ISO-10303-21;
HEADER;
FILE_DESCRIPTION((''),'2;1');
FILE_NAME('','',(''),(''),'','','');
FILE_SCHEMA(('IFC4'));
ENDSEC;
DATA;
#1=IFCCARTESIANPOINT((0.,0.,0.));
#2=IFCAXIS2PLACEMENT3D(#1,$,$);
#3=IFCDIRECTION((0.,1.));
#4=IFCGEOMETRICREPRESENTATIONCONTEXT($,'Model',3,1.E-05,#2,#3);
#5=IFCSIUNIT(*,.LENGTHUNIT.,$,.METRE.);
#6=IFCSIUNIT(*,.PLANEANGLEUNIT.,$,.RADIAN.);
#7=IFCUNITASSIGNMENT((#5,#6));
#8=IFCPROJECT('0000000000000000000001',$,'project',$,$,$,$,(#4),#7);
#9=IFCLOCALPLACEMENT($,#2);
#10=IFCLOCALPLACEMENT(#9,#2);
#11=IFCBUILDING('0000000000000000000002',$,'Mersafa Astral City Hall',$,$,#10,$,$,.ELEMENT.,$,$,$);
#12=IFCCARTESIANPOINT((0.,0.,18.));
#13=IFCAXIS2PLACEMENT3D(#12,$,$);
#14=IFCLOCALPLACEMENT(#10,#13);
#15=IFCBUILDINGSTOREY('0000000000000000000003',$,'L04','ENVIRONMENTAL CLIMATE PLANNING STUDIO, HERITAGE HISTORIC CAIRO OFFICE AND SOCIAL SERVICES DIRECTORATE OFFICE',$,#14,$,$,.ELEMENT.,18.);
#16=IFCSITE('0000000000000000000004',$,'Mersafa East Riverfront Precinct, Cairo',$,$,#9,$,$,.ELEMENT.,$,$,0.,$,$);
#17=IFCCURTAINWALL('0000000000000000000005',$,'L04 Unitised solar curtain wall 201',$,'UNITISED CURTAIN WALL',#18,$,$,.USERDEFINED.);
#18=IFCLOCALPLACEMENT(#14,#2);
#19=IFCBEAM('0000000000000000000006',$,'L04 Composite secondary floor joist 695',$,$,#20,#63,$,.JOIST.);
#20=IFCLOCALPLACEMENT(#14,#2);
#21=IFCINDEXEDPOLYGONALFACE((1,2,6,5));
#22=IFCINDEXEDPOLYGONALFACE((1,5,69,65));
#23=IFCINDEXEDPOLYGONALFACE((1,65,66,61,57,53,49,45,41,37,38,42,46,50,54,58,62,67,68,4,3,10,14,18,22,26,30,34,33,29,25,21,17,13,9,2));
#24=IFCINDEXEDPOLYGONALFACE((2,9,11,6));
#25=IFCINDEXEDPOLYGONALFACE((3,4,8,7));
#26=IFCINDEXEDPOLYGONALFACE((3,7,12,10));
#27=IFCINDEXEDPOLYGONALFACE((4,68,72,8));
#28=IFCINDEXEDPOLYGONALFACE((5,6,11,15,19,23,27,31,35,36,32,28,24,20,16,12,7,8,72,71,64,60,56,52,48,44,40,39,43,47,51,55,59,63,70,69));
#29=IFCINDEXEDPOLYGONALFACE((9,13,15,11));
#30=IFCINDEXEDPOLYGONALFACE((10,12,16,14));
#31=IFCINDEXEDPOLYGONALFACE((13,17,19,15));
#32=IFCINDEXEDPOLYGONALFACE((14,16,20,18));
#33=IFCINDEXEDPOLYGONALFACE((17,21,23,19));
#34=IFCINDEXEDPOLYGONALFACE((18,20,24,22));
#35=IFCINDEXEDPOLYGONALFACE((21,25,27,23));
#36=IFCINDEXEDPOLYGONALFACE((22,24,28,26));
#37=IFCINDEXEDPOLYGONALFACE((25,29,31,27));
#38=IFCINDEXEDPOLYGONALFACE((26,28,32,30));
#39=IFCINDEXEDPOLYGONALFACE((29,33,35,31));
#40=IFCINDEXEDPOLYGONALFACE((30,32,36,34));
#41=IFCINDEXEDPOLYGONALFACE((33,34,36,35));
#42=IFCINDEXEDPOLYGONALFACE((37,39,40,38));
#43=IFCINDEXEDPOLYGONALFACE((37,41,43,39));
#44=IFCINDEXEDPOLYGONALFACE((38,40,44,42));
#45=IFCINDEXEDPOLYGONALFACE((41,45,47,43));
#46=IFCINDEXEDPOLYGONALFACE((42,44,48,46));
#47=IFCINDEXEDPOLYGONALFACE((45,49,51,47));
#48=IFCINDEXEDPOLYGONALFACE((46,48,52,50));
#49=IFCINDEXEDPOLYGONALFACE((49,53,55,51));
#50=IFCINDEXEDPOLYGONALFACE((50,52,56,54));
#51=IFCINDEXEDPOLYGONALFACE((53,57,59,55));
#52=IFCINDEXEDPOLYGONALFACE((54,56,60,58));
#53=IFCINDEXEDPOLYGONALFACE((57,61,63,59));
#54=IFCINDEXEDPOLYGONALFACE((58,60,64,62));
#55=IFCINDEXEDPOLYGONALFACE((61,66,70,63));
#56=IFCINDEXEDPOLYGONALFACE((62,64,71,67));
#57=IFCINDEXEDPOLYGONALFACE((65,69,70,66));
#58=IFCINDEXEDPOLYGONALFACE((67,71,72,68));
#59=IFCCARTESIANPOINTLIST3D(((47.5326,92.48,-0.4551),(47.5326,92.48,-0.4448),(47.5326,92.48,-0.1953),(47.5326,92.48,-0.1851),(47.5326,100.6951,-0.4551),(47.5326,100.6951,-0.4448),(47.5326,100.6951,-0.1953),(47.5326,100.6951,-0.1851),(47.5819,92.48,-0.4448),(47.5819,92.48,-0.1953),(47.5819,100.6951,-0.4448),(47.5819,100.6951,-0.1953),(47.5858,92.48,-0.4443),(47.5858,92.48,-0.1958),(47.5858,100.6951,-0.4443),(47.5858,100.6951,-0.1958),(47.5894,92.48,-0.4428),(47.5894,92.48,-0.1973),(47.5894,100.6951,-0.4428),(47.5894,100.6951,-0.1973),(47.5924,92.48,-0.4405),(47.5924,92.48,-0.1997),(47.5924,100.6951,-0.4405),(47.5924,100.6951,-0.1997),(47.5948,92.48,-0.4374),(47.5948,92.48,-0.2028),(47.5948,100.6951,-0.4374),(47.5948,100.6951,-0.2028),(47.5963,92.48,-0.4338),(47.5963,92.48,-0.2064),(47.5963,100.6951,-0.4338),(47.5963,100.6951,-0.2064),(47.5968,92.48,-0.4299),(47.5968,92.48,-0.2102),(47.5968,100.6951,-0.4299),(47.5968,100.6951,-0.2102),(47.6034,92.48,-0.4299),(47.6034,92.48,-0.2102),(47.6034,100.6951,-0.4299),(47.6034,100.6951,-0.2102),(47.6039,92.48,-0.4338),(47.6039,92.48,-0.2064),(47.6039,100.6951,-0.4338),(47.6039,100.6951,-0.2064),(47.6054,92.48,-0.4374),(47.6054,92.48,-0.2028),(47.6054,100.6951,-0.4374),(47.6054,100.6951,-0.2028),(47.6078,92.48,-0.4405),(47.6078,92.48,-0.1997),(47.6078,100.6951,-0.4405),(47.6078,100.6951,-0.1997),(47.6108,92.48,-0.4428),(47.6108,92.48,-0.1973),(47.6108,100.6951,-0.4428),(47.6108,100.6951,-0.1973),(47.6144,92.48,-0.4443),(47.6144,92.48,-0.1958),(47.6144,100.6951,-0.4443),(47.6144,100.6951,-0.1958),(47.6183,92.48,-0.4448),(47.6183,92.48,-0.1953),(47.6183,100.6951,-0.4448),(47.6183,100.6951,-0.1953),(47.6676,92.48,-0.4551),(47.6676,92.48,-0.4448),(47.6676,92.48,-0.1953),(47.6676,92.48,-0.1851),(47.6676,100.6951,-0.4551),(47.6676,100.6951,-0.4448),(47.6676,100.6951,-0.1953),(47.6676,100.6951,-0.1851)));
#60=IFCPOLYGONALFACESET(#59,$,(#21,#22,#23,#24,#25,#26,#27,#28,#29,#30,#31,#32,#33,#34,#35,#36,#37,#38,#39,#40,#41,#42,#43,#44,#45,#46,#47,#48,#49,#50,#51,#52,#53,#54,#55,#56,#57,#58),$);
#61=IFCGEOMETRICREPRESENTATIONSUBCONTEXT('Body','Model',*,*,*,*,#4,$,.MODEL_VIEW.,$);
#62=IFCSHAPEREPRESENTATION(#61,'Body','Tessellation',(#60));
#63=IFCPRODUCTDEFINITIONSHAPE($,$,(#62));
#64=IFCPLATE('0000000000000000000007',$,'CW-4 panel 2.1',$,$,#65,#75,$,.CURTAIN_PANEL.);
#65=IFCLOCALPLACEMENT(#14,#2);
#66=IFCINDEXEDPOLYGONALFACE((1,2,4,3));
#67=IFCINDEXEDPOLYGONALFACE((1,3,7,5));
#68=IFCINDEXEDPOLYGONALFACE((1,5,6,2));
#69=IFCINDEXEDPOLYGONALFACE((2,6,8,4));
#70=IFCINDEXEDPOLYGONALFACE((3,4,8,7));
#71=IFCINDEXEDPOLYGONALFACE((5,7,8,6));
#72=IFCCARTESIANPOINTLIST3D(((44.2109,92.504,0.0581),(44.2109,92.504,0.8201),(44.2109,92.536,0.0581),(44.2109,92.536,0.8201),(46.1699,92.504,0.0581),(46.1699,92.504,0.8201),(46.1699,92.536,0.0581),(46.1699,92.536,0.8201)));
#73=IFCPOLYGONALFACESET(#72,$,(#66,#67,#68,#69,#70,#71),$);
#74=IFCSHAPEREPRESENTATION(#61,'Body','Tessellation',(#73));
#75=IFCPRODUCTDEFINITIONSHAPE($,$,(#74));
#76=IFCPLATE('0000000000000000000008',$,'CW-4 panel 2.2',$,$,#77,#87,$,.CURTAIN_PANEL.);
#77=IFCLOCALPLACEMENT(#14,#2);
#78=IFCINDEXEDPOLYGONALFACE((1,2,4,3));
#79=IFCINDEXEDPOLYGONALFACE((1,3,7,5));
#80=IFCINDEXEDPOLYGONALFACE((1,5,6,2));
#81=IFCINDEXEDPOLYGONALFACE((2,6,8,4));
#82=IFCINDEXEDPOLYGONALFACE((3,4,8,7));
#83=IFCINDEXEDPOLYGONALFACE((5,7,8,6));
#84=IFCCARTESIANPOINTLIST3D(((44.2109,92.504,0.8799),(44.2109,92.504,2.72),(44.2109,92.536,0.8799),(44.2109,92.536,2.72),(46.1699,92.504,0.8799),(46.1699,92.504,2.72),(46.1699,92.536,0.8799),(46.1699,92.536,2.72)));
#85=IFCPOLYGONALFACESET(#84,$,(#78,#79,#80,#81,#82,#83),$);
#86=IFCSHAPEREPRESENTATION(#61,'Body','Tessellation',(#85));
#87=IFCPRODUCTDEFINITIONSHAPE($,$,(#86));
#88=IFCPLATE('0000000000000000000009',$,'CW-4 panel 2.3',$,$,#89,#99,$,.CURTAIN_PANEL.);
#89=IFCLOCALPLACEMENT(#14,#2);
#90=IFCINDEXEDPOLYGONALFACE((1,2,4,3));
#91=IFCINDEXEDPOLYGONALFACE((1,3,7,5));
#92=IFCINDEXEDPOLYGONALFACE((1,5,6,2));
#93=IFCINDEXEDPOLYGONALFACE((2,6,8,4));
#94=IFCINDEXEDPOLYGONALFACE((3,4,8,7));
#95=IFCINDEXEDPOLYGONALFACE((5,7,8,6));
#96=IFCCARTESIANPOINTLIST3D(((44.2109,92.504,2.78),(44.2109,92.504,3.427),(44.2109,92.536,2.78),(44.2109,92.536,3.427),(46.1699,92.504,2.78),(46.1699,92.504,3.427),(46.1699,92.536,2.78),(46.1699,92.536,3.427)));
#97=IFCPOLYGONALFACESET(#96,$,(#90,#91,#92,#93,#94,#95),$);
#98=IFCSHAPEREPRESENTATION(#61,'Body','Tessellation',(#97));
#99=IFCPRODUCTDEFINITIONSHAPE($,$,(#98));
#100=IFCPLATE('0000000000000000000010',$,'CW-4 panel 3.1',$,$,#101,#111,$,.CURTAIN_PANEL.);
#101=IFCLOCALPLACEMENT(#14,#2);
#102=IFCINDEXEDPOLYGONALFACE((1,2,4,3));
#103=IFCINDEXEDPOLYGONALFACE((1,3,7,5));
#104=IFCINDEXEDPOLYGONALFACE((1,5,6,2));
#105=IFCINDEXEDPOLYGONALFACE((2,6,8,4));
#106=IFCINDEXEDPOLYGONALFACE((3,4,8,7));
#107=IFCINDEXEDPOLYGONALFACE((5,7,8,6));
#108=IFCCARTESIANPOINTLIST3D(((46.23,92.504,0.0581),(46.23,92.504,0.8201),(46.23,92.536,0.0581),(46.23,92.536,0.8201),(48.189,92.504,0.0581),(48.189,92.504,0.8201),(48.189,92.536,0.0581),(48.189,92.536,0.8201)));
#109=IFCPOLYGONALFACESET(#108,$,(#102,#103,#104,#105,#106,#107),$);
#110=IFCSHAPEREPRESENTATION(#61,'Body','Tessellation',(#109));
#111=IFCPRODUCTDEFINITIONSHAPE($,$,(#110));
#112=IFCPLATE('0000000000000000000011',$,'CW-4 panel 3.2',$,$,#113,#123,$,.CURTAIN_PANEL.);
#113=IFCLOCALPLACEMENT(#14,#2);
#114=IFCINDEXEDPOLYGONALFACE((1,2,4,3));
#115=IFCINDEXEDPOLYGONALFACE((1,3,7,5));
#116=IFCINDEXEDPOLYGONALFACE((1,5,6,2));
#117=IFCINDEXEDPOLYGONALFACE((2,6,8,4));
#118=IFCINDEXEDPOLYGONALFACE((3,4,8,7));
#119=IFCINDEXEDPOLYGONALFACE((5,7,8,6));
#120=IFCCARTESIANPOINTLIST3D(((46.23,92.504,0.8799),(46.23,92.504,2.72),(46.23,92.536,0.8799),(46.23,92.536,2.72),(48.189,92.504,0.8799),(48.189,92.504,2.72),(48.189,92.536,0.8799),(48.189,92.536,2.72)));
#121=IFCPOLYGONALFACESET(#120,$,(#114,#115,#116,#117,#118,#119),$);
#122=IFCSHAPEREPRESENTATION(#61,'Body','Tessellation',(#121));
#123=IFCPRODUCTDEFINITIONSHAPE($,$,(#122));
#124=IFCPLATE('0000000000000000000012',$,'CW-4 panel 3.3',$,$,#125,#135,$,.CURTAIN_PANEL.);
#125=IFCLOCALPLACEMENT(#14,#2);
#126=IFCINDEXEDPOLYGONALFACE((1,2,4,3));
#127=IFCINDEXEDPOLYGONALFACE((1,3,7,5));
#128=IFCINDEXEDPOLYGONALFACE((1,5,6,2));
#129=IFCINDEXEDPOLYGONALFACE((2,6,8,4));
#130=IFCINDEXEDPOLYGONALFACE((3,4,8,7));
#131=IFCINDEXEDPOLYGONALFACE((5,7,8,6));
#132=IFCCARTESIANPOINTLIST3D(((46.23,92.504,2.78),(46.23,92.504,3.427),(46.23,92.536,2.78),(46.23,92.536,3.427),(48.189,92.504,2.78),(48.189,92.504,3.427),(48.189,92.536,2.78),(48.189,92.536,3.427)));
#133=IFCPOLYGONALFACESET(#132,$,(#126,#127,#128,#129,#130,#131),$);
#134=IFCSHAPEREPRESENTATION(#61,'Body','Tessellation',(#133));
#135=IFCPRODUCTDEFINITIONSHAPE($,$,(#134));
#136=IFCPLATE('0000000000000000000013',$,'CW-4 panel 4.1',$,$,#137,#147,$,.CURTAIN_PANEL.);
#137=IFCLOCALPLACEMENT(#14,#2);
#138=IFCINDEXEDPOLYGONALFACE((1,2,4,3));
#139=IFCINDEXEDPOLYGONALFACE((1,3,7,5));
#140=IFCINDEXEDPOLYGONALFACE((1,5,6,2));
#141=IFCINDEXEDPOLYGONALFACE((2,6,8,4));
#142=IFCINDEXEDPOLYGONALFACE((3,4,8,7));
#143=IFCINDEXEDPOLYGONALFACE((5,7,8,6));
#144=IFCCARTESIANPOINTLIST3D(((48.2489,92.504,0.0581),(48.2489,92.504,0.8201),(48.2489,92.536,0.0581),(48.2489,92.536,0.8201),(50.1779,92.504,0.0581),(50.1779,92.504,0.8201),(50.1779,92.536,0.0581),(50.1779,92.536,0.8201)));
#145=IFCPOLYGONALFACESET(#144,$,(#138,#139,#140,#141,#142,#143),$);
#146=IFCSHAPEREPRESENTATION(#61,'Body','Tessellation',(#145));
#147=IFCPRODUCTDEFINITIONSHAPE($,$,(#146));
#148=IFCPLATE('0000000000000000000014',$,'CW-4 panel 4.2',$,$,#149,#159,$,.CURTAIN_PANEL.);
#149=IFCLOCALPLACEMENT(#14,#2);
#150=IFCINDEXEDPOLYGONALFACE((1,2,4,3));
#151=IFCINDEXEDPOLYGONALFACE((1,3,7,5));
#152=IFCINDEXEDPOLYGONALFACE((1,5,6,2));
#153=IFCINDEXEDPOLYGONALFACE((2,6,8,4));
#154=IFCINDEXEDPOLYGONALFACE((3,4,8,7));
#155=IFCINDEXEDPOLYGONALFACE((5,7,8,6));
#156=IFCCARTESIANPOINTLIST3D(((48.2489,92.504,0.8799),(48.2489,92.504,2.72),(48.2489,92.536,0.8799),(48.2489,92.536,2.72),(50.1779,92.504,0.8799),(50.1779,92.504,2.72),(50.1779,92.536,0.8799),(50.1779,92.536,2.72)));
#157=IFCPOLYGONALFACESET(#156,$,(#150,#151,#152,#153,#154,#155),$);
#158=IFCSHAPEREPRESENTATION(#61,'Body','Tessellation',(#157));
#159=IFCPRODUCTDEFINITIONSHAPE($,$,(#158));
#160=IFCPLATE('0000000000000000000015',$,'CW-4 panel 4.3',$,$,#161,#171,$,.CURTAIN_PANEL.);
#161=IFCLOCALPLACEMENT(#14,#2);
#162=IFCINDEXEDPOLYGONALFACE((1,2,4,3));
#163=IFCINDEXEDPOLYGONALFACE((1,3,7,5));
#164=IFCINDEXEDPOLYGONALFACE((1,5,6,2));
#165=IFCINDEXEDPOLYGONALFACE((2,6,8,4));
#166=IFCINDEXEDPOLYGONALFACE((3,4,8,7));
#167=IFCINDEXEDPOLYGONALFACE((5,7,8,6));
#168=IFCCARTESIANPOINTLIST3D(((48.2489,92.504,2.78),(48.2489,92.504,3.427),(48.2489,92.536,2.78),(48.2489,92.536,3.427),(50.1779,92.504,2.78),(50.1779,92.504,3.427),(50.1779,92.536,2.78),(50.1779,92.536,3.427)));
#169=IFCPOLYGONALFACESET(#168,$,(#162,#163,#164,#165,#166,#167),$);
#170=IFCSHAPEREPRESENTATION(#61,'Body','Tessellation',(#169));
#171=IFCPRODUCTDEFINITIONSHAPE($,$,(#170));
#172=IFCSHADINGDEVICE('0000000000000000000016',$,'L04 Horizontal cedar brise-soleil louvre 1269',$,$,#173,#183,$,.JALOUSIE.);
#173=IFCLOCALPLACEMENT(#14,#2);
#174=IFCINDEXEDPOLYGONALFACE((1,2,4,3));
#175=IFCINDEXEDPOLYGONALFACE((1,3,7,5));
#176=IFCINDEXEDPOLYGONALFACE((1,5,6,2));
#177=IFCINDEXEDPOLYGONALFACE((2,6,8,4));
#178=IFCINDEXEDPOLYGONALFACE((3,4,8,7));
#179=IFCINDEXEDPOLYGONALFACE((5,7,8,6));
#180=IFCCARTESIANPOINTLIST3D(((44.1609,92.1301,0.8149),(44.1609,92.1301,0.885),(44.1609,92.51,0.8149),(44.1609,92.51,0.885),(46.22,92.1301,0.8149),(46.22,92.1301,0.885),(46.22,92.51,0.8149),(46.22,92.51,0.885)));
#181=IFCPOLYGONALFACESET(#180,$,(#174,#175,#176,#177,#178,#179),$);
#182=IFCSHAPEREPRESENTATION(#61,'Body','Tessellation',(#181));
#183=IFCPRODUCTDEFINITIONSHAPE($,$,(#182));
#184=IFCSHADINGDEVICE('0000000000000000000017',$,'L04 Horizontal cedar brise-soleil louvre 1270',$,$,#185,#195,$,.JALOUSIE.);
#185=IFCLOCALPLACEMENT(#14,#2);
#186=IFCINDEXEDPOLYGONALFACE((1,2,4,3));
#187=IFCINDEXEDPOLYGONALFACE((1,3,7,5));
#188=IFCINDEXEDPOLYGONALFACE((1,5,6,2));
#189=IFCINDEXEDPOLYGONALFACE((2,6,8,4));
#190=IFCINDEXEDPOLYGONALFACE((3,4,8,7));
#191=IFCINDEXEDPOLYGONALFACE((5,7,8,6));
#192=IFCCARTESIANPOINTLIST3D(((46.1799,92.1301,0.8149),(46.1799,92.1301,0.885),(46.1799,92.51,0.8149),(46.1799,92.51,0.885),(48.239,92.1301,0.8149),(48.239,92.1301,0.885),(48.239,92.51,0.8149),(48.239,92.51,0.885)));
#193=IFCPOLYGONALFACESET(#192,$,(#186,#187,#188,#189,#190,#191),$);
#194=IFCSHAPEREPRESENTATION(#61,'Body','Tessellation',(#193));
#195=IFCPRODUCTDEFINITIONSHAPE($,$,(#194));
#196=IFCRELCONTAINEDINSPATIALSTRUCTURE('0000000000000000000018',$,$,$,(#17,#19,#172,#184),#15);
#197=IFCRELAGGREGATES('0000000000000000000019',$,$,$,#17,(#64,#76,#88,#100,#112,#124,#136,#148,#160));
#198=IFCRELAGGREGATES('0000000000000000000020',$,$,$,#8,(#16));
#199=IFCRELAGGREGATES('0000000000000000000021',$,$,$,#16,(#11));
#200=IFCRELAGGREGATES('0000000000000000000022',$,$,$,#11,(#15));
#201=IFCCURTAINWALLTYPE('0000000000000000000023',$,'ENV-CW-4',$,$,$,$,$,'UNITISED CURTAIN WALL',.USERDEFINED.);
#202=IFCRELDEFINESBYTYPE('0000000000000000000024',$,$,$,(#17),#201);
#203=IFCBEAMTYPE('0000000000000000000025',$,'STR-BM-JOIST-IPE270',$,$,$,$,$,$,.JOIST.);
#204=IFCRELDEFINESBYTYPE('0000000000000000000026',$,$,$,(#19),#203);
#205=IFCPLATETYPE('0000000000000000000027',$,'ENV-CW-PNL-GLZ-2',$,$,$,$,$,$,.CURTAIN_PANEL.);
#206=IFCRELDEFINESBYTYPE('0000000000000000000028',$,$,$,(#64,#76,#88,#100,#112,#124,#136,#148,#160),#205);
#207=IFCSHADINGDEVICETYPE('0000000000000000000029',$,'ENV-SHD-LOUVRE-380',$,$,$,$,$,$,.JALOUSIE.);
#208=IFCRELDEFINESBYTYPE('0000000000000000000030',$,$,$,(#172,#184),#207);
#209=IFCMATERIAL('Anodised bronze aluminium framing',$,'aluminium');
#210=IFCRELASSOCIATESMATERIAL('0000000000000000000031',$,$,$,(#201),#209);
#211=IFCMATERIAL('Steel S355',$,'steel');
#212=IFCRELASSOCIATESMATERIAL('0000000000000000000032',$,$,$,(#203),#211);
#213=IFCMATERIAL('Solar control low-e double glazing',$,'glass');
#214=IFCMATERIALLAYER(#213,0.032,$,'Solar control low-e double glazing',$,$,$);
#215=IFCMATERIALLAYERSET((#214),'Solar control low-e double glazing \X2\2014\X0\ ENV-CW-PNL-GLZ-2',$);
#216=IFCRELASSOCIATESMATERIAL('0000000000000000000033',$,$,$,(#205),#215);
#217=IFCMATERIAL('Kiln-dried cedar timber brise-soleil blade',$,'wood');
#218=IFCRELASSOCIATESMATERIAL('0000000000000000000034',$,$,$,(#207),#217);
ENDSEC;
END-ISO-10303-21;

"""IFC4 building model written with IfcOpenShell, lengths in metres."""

from ifc_helpers import new_model, si_unit, direction, frame, origin, origin_2d, place, context, subcontext, project, spatial, rectangle, i_section, extrude, material, layer, layer_set, material_profile, profile_set, type_object, element, aggregate, save


model = new_model("IFC4")

# Units and contexts
model_context = context("Model", 3, precision=1e-05, world=origin(), true_north=direction((0.0, 1.0)))
body_context = subcontext(model_context, "Body", "Model", "MODEL_VIEW")
ifc_project = project(units=[si_unit("LENGTHUNIT", "METRE"), si_unit("PLANEANGLEUNIT", "RADIAN")], contexts=[model_context])

# Site, building, storey
site_placement = place(None, origin())
site = spatial("IfcSite", under=ifc_project, at=site_placement, Name="Mersafa East Riverfront Precinct, Cairo", CompositionType="ELEMENT", RefElevation=0.0)
building_placement = place(site_placement, origin())
building = spatial("IfcBuilding", under=site, at=building_placement, Name="Mersafa Astral City Hall", CompositionType="ELEMENT")
storey_placement = place(building_placement, frame((0.0, 0.0, 18.0)))
storey = spatial("IfcBuildingStorey", under=building, at=storey_placement, Name="L04", Description="ENVIRONMENTAL CLIMATE PLANNING STUDIO, HERITAGE HISTORIC CAIRO OFFICE AND SOCIAL SERVICES DIRECTORATE OFFICE", CompositionType="ELEMENT", Elevation=18.0)

# Curtain wall
ifc_material_1 = material(Name="Anodised bronze aluminium framing", Category="aluminium")
curtain_wall_type_1 = type_object("IfcCurtainWallType", Name="ENV-CW-4", ElementType="UNITISED CURTAIN WALL", PredefinedType="USERDEFINED", material=ifc_material_1)
curtain_wall_1_placement = place(storey_placement, origin())
curtain_wall_1 = element("IfcCurtainWall", 1, at=curtain_wall_1_placement, inside=storey, type_object=curtain_wall_type_1, Name="L04 Unitised solar curtain wall 201", ObjectType="UNITISED CURTAIN WALL", PredefinedType="USERDEFINED")

# Beam
ifc_material_2 = material(Name="Steel S355", Category="steel")
ifc_material_profile_1 = material_profile(ifc_material_2, i_section(OverallWidth=0.135, OverallDepth=0.27, WebThickness=0.0066, FlangeThickness=0.0103, FilletRadius=0.0149, at=origin_2d()), Name="IPE 270")
ifc_profile_set_1 = profile_set([ifc_material_profile_1], Name="Steel S355")
beam_type = type_object("IfcBeamType", Name="STR-BM-JOIST-IPE270", PredefinedType="JOIST", material=ifc_profile_set_1)
for number, where, z_axis, x_axis, name in (
    (2, (47.6001, 92.48, -0.3201), (0.0, 1.0, 0.0), (-1.0, 0.0, 0.0), "L04 Composite secondary floor joist 695"),
):
    element("IfcBeam", number, at=place(storey_placement, frame(where, z_axis=z_axis, x_axis=x_axis)), inside=storey, type_object=beam_type, Name=name, PredefinedType="JOIST", context=body_context, shape_type="SweptSolid", body=[
        extrude(i_section(OverallWidth=0.135, OverallDepth=0.27, WebThickness=0.0066, FlangeThickness=0.0103, FilletRadius=0.0149, at=origin_2d()), origin(), (0.0, 0.0, 1.0), 8.2151),
    ])

# Plates
ifc_material_3 = material(Name="Solar control low-e double glazing", Category="glass")
ifc_layer = layer(ifc_material_3, 0.032, Name="Solar control low-e double glazing")
ifc_layer_set = layer_set([ifc_layer], Name="Solar control low-e double glazing — ENV-CW-PNL-GLZ-2")
plate_type = type_object("IfcPlateType", Name="ENV-CW-PNL-GLZ-2", PredefinedType="CURTAIN_PANEL", material=ifc_layer_set)
plate_1_placement = place(storey_placement, frame((45.1904, 92.52, 0.0581), z_axis=(0.0, 0.0, 1.0), x_axis=(1.0, 0.0, 0.0)))
plate_1 = element("IfcPlate", 3, at=plate_1_placement, type_object=plate_type, Name="CW-4 panel 2.1", PredefinedType="CURTAIN_PANEL", context=body_context, shape_type="SweptSolid", body=[
    extrude(rectangle(XDim=1.959, YDim=0.032, at=origin_2d()), origin(), (0.0, 0.0, 1.0), 0.762),
])
plate_2_placement = place(storey_placement, frame((45.1904, 92.52, 0.8799), z_axis=(0.0, 0.0, 1.0), x_axis=(1.0, 0.0, 0.0)))
plate_2 = element("IfcPlate", 4, at=plate_2_placement, type_object=plate_type, Name="CW-4 panel 2.2", PredefinedType="CURTAIN_PANEL", context=body_context, shape_type="SweptSolid", body=[
    extrude(rectangle(XDim=1.959, YDim=0.032, at=origin_2d()), origin(), (0.0, 0.0, 1.0), 1.8401),
])
plate_3_placement = place(storey_placement, frame((45.1904, 92.52, 2.78), z_axis=(0.0, 0.0, 1.0), x_axis=(1.0, 0.0, 0.0)))
plate_3 = element("IfcPlate", 5, at=plate_3_placement, type_object=plate_type, Name="CW-4 panel 2.3", PredefinedType="CURTAIN_PANEL", context=body_context, shape_type="SweptSolid", body=[
    extrude(rectangle(XDim=1.959, YDim=0.032, at=origin_2d()), origin(), (0.0, 0.0, 1.0), 0.647),
])
plate_4_placement = place(storey_placement, frame((47.2095, 92.52, 0.0581), z_axis=(0.0, 0.0, 1.0), x_axis=(1.0, 0.0, 0.0)))
plate_4 = element("IfcPlate", 6, at=plate_4_placement, type_object=plate_type, Name="CW-4 panel 3.1", PredefinedType="CURTAIN_PANEL", context=body_context, shape_type="SweptSolid", body=[
    extrude(rectangle(XDim=1.959, YDim=0.032, at=origin_2d()), origin(), (0.0, 0.0, 1.0), 0.762),
])
plate_5_placement = place(storey_placement, frame((47.2095, 92.52, 0.8799), z_axis=(0.0, 0.0, 1.0), x_axis=(1.0, 0.0, 0.0)))
plate_5 = element("IfcPlate", 7, at=plate_5_placement, type_object=plate_type, Name="CW-4 panel 3.2", PredefinedType="CURTAIN_PANEL", context=body_context, shape_type="SweptSolid", body=[
    extrude(rectangle(XDim=1.959, YDim=0.032, at=origin_2d()), origin(), (0.0, 0.0, 1.0), 1.8401),
])
plate_6_placement = place(storey_placement, frame((47.2095, 92.52, 2.78), z_axis=(0.0, 0.0, 1.0), x_axis=(1.0, 0.0, 0.0)))
plate_6 = element("IfcPlate", 8, at=plate_6_placement, type_object=plate_type, Name="CW-4 panel 3.3", PredefinedType="CURTAIN_PANEL", context=body_context, shape_type="SweptSolid", body=[
    extrude(rectangle(XDim=1.959, YDim=0.032, at=origin_2d()), origin(), (0.0, 0.0, 1.0), 0.647),
])
plate_7_placement = place(storey_placement, frame((49.2134, 92.52, 0.0581), z_axis=(0.0, 0.0, 1.0), x_axis=(1.0, 0.0, 0.0)))
plate_7 = element("IfcPlate", 9, at=plate_7_placement, type_object=plate_type, Name="CW-4 panel 4.1", PredefinedType="CURTAIN_PANEL", context=body_context, shape_type="SweptSolid", body=[
    extrude(rectangle(XDim=1.929, YDim=0.032, at=origin_2d()), origin(), (0.0, 0.0, 1.0), 0.762),
])
plate_8_placement = place(storey_placement, frame((49.2134, 92.52, 0.8799), z_axis=(0.0, 0.0, 1.0), x_axis=(1.0, 0.0, 0.0)))
plate_8 = element("IfcPlate", 10, at=plate_8_placement, type_object=plate_type, Name="CW-4 panel 4.2", PredefinedType="CURTAIN_PANEL", context=body_context, shape_type="SweptSolid", body=[
    extrude(rectangle(XDim=1.929, YDim=0.032, at=origin_2d()), origin(), (0.0, 0.0, 1.0), 1.8401),
])
plate_9_placement = place(storey_placement, frame((49.2134, 92.52, 2.78), z_axis=(0.0, 0.0, 1.0), x_axis=(1.0, 0.0, 0.0)))
plate_9 = element("IfcPlate", 11, at=plate_9_placement, type_object=plate_type, Name="CW-4 panel 4.3", PredefinedType="CURTAIN_PANEL", context=body_context, shape_type="SweptSolid", body=[
    extrude(rectangle(XDim=1.929, YDim=0.032, at=origin_2d()), origin(), (0.0, 0.0, 1.0), 0.647),
])
aggregate(curtain_wall_1, [plate_1, plate_2, plate_3, plate_4, plate_5, plate_6, plate_7, plate_8, plate_9])

# Shading devices
ifc_material_4 = material(Name="Kiln-dried cedar timber brise-soleil blade", Category="wood")
shading_device_type = type_object("IfcShadingDeviceType", Name="ENV-SHD-LOUVRE-380", PredefinedType="JALOUSIE", material=ifc_material_4)
for number, where, z_axis, x_axis, name in (
    (12, (45.1904, 92.3201, 0.8149), (0.0, 0.0, 1.0), (1.0, 0.0, 0.0), "L04 Horizontal cedar brise-soleil louvre 1269"),
    (13, (47.2095, 92.3201, 0.8149), (0.0, 0.0, 1.0), (1.0, 0.0, 0.0), "L04 Horizontal cedar brise-soleil louvre 1270"),
):
    element("IfcShadingDevice", number, at=place(storey_placement, frame(where, z_axis=z_axis, x_axis=x_axis)), inside=storey, type_object=shading_device_type, Name=name, PredefinedType="JALOUSIE", context=body_context, shape_type="SweptSolid", body=[
        extrude(rectangle(XDim=2.0591, YDim=0.3799, at=origin_2d()), origin(), (0.0, 0.0, 1.0), 0.0701),
    ])

save(model, "model.ifc")
